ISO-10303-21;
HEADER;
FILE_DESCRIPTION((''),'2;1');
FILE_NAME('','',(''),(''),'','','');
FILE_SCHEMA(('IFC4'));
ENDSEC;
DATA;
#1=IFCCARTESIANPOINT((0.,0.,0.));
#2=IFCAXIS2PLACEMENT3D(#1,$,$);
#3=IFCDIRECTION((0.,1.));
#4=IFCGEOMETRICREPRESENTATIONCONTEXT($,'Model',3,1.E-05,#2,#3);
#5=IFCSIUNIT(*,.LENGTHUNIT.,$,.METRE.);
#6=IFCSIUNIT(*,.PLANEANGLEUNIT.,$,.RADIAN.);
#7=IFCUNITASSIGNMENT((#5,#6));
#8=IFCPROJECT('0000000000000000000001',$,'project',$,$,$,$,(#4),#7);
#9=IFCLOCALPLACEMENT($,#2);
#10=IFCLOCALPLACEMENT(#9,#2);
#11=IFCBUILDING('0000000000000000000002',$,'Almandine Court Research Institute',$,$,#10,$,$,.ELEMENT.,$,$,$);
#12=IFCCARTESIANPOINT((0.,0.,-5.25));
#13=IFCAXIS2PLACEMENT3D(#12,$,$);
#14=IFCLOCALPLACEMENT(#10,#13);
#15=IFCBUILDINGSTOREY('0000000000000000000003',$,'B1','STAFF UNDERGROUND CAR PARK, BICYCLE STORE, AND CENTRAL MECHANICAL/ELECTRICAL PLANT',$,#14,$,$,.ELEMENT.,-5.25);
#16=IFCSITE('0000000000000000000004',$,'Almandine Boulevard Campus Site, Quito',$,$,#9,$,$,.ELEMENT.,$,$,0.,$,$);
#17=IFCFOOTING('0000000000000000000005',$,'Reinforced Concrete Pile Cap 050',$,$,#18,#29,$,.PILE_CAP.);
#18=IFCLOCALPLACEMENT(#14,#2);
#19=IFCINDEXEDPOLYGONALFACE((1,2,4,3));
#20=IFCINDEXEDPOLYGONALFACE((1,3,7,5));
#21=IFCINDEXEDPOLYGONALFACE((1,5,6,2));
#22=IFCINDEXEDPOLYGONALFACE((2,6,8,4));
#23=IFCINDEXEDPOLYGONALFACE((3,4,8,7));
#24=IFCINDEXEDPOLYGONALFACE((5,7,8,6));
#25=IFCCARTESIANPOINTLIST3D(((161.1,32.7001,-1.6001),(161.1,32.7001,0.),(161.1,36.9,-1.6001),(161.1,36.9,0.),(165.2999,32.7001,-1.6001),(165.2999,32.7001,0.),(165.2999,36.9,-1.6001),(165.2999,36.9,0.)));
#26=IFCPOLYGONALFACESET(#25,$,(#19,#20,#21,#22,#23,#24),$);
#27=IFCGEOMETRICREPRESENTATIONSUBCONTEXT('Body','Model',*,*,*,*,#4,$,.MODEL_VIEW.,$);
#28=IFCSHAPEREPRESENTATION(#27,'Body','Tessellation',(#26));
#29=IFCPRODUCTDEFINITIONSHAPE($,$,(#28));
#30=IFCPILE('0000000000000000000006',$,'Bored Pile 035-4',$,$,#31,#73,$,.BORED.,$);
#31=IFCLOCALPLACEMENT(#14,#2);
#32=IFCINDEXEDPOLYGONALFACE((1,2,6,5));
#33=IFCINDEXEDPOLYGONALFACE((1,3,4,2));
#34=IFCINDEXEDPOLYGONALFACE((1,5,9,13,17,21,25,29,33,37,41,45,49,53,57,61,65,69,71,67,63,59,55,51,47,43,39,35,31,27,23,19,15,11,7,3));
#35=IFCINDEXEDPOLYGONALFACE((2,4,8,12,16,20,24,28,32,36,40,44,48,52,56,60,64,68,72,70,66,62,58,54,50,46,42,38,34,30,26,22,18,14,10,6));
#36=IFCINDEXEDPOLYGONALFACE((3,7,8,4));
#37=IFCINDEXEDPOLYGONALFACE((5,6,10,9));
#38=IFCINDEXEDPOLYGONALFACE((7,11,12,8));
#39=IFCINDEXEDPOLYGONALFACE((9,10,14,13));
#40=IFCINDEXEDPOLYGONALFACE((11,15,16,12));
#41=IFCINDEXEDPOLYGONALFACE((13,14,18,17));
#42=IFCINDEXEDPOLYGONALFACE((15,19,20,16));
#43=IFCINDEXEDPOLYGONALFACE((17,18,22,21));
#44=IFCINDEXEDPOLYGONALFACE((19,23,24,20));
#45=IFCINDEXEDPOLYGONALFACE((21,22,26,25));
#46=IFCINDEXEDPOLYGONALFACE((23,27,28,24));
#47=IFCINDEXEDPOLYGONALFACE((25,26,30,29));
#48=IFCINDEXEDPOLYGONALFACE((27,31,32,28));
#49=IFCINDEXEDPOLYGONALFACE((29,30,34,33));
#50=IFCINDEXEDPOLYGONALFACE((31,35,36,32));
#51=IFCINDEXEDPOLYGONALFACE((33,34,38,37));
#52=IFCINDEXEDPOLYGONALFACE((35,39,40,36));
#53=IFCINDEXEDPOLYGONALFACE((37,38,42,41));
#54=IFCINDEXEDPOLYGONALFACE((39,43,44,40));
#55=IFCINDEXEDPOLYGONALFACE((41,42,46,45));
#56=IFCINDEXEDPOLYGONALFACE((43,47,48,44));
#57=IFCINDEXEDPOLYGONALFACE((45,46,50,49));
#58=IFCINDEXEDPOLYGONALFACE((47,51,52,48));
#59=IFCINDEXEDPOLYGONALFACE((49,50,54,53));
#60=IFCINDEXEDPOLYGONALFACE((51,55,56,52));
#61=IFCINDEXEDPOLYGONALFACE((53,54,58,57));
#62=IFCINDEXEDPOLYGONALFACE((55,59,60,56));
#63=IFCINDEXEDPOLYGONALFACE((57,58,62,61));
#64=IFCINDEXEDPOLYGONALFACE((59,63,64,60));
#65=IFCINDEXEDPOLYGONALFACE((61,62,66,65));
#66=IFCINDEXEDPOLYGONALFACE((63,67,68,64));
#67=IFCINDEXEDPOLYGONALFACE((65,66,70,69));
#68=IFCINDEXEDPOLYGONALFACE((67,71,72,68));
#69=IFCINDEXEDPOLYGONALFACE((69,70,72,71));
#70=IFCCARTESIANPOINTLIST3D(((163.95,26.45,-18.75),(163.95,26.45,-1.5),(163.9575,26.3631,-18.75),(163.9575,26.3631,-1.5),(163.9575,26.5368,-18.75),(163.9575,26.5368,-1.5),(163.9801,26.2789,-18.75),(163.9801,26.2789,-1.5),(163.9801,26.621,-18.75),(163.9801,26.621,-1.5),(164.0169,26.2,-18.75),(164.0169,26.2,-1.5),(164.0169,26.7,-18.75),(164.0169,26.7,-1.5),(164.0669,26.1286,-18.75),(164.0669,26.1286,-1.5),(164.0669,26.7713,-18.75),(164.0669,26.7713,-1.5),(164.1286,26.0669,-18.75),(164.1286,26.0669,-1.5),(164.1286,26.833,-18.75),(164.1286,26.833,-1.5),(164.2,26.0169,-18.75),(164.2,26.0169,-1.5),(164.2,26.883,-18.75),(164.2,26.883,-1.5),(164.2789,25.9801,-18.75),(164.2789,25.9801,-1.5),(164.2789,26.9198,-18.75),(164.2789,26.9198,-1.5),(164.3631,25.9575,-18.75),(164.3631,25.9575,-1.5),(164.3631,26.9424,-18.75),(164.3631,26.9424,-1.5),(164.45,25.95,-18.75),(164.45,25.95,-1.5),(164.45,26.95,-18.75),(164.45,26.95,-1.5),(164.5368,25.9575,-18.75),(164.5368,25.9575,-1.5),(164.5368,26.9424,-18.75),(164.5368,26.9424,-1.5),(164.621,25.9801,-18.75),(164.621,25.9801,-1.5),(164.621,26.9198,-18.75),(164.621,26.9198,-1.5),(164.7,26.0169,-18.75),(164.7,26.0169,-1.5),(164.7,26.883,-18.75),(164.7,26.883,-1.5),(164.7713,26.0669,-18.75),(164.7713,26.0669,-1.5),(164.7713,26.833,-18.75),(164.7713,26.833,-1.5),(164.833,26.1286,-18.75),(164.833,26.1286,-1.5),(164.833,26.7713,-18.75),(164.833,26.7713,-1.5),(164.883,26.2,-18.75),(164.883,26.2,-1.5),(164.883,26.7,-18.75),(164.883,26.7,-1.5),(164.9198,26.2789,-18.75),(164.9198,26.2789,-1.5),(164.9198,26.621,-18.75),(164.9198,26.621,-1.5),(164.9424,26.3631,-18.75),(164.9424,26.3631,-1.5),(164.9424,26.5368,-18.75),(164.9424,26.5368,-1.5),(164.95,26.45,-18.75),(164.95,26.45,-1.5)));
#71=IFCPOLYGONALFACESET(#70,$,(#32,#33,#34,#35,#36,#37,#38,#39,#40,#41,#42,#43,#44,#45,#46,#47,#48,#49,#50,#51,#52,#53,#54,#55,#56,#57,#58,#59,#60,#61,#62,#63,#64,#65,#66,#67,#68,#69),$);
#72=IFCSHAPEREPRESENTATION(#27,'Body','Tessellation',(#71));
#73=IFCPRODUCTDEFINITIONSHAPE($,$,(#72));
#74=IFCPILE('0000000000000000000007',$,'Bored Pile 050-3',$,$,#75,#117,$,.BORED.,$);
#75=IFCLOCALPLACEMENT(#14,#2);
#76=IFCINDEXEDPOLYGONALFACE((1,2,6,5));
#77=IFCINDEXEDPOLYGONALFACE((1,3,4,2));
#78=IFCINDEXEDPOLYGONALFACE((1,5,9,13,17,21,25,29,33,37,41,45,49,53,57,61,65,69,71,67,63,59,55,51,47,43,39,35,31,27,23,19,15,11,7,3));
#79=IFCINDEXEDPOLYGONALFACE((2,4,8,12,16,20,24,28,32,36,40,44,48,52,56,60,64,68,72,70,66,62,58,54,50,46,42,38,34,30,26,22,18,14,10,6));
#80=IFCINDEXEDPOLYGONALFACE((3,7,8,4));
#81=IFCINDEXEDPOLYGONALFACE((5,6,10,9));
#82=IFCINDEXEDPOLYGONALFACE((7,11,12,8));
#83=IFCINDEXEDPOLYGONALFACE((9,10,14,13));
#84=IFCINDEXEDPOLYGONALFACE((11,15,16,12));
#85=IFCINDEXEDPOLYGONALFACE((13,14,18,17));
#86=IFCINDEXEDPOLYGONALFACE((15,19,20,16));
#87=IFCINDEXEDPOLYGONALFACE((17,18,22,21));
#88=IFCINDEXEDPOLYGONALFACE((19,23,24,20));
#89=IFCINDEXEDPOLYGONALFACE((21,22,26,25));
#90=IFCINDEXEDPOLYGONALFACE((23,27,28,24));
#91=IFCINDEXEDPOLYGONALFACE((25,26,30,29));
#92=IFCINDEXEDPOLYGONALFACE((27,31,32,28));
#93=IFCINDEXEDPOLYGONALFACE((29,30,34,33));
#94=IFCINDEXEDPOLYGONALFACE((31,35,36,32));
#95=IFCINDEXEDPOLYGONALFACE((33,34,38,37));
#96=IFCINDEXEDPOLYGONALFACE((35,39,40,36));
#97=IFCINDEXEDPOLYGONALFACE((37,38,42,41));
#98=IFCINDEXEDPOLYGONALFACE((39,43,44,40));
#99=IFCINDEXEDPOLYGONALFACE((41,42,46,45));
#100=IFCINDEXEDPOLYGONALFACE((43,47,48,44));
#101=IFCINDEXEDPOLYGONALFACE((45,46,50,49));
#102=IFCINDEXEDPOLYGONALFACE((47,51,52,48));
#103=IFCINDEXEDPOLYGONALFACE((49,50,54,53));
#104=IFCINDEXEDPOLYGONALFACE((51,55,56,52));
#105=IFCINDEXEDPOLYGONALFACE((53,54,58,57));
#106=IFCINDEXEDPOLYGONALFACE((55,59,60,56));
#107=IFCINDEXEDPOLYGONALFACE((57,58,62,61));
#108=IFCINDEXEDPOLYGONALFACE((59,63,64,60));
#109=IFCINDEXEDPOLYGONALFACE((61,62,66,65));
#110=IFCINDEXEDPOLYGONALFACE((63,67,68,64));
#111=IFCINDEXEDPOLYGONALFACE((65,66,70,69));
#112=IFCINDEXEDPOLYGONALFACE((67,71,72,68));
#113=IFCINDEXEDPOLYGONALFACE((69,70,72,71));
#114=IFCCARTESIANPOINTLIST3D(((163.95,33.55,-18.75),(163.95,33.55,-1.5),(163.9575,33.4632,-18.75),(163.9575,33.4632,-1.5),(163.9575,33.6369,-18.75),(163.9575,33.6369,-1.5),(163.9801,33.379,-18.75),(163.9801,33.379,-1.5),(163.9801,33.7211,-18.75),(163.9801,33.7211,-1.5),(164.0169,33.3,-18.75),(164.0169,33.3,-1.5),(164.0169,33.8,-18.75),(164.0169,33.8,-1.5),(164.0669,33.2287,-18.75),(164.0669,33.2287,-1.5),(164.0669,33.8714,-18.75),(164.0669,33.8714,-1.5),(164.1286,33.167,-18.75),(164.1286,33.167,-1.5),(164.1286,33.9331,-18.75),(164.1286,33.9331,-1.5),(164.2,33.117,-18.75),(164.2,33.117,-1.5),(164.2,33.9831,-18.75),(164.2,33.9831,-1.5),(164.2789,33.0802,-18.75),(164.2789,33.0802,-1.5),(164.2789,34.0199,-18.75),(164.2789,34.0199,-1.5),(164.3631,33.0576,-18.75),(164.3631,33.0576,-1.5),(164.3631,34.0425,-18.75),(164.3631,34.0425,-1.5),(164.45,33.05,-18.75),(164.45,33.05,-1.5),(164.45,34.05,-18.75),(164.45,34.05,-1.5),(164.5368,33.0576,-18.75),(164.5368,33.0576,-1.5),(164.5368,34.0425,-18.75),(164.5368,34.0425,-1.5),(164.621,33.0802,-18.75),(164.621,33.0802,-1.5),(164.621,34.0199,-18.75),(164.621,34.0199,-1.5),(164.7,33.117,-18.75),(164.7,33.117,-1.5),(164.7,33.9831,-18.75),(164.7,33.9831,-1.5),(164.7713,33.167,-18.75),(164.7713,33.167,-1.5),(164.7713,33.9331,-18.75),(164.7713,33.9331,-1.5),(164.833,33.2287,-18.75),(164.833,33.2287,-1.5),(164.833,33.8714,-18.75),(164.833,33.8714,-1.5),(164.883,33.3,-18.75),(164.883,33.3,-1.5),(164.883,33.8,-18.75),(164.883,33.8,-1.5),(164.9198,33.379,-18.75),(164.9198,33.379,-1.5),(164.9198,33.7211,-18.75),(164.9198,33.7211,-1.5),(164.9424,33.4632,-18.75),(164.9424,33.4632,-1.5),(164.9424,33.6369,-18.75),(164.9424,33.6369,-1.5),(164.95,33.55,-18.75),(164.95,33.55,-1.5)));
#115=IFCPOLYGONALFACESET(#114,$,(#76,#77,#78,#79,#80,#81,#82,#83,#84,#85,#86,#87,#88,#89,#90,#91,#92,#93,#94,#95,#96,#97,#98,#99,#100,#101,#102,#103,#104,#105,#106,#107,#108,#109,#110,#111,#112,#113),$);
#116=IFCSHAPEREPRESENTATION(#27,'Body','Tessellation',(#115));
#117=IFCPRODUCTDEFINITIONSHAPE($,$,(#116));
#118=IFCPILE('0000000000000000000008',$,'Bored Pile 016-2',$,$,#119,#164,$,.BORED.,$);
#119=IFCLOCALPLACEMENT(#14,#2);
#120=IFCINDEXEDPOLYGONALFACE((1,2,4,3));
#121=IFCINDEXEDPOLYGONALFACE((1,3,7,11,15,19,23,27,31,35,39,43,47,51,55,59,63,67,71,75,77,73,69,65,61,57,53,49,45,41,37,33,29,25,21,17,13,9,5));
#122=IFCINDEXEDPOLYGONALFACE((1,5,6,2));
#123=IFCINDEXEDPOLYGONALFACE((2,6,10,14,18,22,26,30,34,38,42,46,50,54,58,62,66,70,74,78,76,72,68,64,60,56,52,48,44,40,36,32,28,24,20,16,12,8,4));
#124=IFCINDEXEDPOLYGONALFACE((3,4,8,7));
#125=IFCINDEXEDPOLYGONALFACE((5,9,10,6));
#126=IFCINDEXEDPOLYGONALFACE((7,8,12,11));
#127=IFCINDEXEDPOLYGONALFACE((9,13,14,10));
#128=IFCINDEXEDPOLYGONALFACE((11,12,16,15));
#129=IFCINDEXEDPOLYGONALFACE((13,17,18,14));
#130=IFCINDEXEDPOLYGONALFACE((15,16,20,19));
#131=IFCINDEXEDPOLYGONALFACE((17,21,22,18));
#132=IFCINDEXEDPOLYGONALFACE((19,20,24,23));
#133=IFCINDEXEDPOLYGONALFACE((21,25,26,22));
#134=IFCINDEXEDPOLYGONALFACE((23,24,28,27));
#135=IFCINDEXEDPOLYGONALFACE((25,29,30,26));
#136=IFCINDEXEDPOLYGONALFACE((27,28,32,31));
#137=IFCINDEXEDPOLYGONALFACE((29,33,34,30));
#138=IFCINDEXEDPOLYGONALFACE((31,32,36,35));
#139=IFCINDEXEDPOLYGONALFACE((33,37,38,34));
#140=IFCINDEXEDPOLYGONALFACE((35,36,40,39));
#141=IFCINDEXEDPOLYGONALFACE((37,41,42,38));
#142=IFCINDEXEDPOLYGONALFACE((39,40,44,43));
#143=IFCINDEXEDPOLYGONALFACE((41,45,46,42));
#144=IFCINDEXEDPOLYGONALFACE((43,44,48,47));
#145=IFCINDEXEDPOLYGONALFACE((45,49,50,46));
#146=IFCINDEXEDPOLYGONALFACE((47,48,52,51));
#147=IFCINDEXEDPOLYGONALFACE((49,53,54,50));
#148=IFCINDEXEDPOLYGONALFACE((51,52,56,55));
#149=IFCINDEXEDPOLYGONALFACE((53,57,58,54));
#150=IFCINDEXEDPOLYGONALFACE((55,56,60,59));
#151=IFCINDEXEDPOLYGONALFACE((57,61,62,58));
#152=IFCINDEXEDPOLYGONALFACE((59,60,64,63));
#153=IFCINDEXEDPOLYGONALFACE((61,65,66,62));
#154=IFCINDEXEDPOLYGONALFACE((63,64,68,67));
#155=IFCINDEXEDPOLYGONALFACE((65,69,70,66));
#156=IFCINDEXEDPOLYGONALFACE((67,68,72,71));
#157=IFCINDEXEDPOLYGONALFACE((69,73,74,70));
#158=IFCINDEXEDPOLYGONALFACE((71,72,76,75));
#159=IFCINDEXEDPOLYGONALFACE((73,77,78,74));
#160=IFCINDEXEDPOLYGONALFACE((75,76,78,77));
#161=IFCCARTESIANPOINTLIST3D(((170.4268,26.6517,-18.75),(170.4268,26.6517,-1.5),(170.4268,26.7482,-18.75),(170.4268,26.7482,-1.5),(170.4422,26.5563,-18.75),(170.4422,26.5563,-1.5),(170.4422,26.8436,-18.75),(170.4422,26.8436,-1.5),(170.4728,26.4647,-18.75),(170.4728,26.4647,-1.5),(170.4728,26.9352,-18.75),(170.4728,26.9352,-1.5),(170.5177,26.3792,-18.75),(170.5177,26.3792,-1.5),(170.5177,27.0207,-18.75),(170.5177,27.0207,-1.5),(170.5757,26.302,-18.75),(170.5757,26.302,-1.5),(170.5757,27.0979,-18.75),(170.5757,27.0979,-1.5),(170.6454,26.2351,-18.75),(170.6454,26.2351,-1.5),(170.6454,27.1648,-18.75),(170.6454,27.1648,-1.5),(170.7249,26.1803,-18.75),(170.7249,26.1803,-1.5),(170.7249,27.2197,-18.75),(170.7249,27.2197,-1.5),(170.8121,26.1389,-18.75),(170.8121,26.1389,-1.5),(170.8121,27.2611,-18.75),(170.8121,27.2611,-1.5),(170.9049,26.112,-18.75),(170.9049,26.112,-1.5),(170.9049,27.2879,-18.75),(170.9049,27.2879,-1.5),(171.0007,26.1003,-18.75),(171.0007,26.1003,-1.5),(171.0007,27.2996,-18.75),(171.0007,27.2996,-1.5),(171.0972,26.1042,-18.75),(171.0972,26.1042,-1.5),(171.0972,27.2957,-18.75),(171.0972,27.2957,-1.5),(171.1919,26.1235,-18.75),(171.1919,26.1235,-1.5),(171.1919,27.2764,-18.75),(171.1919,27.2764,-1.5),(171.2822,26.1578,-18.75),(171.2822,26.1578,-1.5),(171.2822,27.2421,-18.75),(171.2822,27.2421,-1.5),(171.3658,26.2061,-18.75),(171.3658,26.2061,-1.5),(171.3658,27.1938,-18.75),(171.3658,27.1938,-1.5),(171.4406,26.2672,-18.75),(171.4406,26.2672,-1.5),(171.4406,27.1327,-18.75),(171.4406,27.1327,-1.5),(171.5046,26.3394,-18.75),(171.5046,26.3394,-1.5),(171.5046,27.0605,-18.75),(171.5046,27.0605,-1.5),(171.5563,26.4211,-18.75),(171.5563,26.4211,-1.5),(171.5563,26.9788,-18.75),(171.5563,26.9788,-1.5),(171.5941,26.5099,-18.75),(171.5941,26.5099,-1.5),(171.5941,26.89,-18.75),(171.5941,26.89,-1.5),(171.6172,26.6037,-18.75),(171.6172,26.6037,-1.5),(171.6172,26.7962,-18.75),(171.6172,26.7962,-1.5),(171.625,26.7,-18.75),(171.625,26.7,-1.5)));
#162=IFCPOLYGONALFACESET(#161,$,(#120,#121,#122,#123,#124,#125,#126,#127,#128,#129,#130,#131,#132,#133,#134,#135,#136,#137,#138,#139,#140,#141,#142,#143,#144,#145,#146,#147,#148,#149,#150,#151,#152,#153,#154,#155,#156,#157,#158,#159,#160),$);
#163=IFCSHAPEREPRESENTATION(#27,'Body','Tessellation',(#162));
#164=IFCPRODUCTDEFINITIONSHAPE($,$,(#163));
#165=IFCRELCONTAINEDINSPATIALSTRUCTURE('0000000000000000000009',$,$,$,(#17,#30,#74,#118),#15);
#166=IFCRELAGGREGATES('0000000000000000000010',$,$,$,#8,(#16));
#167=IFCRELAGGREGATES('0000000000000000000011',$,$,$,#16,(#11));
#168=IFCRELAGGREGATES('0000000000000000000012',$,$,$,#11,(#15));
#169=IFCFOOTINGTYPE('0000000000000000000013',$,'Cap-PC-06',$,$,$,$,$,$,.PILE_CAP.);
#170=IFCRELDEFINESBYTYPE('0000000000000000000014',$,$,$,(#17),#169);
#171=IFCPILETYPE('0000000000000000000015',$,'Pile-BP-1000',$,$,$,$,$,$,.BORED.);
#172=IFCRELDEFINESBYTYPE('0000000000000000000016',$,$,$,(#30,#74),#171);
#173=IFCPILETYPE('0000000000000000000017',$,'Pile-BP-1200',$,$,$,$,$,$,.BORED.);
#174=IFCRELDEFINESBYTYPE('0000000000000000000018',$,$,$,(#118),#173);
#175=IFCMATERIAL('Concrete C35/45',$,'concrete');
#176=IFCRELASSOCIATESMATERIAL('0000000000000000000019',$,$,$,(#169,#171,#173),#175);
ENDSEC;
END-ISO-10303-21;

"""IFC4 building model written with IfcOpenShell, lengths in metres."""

from ifc_helpers import new_model, si_unit, direction, frame, origin, origin_2d, place, context, subcontext, project, spatial, rectangle, circle, extrude, material, material_profile, profile_set, type_object, element, save


model = new_model("IFC4")

# Units and contexts
model_context = context("Model", 3, precision=1e-05, world=origin(), true_north=direction((0.0, 1.0)))
body_context = subcontext(model_context, "Body", "Model", "MODEL_VIEW")
ifc_project = project(units=[si_unit("LENGTHUNIT", "METRE"), si_unit("PLANEANGLEUNIT", "RADIAN")], contexts=[model_context])

# Site, building, storey
site_placement = place(None, origin())
site = spatial("IfcSite", under=ifc_project, at=site_placement, Name="Almandine Boulevard Campus Site, Quito", CompositionType="ELEMENT", RefElevation=0.0)
building_placement = place(site_placement, origin())
building = spatial("IfcBuilding", under=site, at=building_placement, Name="Almandine Court Research Institute", CompositionType="ELEMENT")
storey_placement = place(building_placement, frame((0.0, 0.0, -5.25)))
storey = spatial("IfcBuildingStorey", under=building, at=storey_placement, Name="B1", Description="STAFF UNDERGROUND CAR PARK, BICYCLE STORE, AND CENTRAL MECHANICAL/ELECTRICAL PLANT", CompositionType="ELEMENT", Elevation=-5.25)

# Footing
ifc_material_1 = material(Name="Concrete C35/45", Category="concrete")
footing_type_1 = type_object("IfcFootingType", Name="Cap-PC-06", PredefinedType="PILE_CAP", material=ifc_material_1)
footing_1_placement = place(storey_placement, frame((163.2, 34.8, -1.6001), z_axis=(0.0, 0.0, 1.0), x_axis=(1.0, 0.0, 0.0)))
element("IfcFooting", 1, at=footing_1_placement, inside=storey, type_object=footing_type_1, Name="Reinforced Concrete Pile Cap 050", PredefinedType="PILE_CAP", context=body_context, shape_type="SweptSolid", body=[
    extrude(rectangle(XDim=4.2, YDim=4.2, at=origin_2d()), origin(), (0.0, 0.0, 1.0), 1.6001),
])

# Piles
ifc_material_profile_1 = material_profile(ifc_material_1, circle(Radius=0.5, at=origin_2d()), Name="BORED PILE D1000")
ifc_profile_set_1 = profile_set([ifc_material_profile_1], Name="Concrete C35/45")
pile_type_1 = type_object("IfcPileType", Name="Pile-BP-1000", PredefinedType="BORED", material=ifc_profile_set_1)
for number, where, z_axis, x_axis, name in (
    (2, (164.45, 26.45, -1.5), (0.0, 0.0, -1.0), (1.0, 0.0, 0.0), "Bored Pile 035-4"),
    (3, (164.45, 33.55, -1.5), (0.0, 0.0, -1.0), (1.0, 0.0, 0.0), "Bored Pile 050-3"),
):
    element("IfcPile", number, at=place(storey_placement, frame(where, z_axis=z_axis, x_axis=x_axis)), inside=storey, type_object=pile_type_1, Name=name, PredefinedType="BORED", context=body_context, shape_type="SweptSolid", body=[
        extrude(circle(Radius=0.5, at=origin_2d()), origin(), (0.0, 0.0, 1.0), 17.25),
    ])
ifc_material_profile_2 = material_profile(ifc_material_1, circle(Radius=0.6001, at=origin_2d()), Name="BORED PILE D1200")
ifc_profile_set_2 = profile_set([ifc_material_profile_2], Name="Concrete C35/45")
pile_type_2 = type_object("IfcPileType", Name="Pile-BP-1200", PredefinedType="BORED", material=ifc_profile_set_2)
for number, where, z_axis, x_axis, name in (
    (4, (171.0249, 26.7, -1.5), (0.0, 0.0, -1.0), (1.0, 0.0, 0.0), "Bored Pile 016-2"),
):
    element("IfcPile", number, at=place(storey_placement, frame(where, z_axis=z_axis, x_axis=x_axis)), inside=storey, type_object=pile_type_2, Name=name, PredefinedType="BORED", context=body_context, shape_type="SweptSolid", body=[
        extrude(circle(Radius=0.6001, at=origin_2d()), origin(), (0.0, 0.0, 1.0), 17.25),
    ])

save(model, "model.ifc")
